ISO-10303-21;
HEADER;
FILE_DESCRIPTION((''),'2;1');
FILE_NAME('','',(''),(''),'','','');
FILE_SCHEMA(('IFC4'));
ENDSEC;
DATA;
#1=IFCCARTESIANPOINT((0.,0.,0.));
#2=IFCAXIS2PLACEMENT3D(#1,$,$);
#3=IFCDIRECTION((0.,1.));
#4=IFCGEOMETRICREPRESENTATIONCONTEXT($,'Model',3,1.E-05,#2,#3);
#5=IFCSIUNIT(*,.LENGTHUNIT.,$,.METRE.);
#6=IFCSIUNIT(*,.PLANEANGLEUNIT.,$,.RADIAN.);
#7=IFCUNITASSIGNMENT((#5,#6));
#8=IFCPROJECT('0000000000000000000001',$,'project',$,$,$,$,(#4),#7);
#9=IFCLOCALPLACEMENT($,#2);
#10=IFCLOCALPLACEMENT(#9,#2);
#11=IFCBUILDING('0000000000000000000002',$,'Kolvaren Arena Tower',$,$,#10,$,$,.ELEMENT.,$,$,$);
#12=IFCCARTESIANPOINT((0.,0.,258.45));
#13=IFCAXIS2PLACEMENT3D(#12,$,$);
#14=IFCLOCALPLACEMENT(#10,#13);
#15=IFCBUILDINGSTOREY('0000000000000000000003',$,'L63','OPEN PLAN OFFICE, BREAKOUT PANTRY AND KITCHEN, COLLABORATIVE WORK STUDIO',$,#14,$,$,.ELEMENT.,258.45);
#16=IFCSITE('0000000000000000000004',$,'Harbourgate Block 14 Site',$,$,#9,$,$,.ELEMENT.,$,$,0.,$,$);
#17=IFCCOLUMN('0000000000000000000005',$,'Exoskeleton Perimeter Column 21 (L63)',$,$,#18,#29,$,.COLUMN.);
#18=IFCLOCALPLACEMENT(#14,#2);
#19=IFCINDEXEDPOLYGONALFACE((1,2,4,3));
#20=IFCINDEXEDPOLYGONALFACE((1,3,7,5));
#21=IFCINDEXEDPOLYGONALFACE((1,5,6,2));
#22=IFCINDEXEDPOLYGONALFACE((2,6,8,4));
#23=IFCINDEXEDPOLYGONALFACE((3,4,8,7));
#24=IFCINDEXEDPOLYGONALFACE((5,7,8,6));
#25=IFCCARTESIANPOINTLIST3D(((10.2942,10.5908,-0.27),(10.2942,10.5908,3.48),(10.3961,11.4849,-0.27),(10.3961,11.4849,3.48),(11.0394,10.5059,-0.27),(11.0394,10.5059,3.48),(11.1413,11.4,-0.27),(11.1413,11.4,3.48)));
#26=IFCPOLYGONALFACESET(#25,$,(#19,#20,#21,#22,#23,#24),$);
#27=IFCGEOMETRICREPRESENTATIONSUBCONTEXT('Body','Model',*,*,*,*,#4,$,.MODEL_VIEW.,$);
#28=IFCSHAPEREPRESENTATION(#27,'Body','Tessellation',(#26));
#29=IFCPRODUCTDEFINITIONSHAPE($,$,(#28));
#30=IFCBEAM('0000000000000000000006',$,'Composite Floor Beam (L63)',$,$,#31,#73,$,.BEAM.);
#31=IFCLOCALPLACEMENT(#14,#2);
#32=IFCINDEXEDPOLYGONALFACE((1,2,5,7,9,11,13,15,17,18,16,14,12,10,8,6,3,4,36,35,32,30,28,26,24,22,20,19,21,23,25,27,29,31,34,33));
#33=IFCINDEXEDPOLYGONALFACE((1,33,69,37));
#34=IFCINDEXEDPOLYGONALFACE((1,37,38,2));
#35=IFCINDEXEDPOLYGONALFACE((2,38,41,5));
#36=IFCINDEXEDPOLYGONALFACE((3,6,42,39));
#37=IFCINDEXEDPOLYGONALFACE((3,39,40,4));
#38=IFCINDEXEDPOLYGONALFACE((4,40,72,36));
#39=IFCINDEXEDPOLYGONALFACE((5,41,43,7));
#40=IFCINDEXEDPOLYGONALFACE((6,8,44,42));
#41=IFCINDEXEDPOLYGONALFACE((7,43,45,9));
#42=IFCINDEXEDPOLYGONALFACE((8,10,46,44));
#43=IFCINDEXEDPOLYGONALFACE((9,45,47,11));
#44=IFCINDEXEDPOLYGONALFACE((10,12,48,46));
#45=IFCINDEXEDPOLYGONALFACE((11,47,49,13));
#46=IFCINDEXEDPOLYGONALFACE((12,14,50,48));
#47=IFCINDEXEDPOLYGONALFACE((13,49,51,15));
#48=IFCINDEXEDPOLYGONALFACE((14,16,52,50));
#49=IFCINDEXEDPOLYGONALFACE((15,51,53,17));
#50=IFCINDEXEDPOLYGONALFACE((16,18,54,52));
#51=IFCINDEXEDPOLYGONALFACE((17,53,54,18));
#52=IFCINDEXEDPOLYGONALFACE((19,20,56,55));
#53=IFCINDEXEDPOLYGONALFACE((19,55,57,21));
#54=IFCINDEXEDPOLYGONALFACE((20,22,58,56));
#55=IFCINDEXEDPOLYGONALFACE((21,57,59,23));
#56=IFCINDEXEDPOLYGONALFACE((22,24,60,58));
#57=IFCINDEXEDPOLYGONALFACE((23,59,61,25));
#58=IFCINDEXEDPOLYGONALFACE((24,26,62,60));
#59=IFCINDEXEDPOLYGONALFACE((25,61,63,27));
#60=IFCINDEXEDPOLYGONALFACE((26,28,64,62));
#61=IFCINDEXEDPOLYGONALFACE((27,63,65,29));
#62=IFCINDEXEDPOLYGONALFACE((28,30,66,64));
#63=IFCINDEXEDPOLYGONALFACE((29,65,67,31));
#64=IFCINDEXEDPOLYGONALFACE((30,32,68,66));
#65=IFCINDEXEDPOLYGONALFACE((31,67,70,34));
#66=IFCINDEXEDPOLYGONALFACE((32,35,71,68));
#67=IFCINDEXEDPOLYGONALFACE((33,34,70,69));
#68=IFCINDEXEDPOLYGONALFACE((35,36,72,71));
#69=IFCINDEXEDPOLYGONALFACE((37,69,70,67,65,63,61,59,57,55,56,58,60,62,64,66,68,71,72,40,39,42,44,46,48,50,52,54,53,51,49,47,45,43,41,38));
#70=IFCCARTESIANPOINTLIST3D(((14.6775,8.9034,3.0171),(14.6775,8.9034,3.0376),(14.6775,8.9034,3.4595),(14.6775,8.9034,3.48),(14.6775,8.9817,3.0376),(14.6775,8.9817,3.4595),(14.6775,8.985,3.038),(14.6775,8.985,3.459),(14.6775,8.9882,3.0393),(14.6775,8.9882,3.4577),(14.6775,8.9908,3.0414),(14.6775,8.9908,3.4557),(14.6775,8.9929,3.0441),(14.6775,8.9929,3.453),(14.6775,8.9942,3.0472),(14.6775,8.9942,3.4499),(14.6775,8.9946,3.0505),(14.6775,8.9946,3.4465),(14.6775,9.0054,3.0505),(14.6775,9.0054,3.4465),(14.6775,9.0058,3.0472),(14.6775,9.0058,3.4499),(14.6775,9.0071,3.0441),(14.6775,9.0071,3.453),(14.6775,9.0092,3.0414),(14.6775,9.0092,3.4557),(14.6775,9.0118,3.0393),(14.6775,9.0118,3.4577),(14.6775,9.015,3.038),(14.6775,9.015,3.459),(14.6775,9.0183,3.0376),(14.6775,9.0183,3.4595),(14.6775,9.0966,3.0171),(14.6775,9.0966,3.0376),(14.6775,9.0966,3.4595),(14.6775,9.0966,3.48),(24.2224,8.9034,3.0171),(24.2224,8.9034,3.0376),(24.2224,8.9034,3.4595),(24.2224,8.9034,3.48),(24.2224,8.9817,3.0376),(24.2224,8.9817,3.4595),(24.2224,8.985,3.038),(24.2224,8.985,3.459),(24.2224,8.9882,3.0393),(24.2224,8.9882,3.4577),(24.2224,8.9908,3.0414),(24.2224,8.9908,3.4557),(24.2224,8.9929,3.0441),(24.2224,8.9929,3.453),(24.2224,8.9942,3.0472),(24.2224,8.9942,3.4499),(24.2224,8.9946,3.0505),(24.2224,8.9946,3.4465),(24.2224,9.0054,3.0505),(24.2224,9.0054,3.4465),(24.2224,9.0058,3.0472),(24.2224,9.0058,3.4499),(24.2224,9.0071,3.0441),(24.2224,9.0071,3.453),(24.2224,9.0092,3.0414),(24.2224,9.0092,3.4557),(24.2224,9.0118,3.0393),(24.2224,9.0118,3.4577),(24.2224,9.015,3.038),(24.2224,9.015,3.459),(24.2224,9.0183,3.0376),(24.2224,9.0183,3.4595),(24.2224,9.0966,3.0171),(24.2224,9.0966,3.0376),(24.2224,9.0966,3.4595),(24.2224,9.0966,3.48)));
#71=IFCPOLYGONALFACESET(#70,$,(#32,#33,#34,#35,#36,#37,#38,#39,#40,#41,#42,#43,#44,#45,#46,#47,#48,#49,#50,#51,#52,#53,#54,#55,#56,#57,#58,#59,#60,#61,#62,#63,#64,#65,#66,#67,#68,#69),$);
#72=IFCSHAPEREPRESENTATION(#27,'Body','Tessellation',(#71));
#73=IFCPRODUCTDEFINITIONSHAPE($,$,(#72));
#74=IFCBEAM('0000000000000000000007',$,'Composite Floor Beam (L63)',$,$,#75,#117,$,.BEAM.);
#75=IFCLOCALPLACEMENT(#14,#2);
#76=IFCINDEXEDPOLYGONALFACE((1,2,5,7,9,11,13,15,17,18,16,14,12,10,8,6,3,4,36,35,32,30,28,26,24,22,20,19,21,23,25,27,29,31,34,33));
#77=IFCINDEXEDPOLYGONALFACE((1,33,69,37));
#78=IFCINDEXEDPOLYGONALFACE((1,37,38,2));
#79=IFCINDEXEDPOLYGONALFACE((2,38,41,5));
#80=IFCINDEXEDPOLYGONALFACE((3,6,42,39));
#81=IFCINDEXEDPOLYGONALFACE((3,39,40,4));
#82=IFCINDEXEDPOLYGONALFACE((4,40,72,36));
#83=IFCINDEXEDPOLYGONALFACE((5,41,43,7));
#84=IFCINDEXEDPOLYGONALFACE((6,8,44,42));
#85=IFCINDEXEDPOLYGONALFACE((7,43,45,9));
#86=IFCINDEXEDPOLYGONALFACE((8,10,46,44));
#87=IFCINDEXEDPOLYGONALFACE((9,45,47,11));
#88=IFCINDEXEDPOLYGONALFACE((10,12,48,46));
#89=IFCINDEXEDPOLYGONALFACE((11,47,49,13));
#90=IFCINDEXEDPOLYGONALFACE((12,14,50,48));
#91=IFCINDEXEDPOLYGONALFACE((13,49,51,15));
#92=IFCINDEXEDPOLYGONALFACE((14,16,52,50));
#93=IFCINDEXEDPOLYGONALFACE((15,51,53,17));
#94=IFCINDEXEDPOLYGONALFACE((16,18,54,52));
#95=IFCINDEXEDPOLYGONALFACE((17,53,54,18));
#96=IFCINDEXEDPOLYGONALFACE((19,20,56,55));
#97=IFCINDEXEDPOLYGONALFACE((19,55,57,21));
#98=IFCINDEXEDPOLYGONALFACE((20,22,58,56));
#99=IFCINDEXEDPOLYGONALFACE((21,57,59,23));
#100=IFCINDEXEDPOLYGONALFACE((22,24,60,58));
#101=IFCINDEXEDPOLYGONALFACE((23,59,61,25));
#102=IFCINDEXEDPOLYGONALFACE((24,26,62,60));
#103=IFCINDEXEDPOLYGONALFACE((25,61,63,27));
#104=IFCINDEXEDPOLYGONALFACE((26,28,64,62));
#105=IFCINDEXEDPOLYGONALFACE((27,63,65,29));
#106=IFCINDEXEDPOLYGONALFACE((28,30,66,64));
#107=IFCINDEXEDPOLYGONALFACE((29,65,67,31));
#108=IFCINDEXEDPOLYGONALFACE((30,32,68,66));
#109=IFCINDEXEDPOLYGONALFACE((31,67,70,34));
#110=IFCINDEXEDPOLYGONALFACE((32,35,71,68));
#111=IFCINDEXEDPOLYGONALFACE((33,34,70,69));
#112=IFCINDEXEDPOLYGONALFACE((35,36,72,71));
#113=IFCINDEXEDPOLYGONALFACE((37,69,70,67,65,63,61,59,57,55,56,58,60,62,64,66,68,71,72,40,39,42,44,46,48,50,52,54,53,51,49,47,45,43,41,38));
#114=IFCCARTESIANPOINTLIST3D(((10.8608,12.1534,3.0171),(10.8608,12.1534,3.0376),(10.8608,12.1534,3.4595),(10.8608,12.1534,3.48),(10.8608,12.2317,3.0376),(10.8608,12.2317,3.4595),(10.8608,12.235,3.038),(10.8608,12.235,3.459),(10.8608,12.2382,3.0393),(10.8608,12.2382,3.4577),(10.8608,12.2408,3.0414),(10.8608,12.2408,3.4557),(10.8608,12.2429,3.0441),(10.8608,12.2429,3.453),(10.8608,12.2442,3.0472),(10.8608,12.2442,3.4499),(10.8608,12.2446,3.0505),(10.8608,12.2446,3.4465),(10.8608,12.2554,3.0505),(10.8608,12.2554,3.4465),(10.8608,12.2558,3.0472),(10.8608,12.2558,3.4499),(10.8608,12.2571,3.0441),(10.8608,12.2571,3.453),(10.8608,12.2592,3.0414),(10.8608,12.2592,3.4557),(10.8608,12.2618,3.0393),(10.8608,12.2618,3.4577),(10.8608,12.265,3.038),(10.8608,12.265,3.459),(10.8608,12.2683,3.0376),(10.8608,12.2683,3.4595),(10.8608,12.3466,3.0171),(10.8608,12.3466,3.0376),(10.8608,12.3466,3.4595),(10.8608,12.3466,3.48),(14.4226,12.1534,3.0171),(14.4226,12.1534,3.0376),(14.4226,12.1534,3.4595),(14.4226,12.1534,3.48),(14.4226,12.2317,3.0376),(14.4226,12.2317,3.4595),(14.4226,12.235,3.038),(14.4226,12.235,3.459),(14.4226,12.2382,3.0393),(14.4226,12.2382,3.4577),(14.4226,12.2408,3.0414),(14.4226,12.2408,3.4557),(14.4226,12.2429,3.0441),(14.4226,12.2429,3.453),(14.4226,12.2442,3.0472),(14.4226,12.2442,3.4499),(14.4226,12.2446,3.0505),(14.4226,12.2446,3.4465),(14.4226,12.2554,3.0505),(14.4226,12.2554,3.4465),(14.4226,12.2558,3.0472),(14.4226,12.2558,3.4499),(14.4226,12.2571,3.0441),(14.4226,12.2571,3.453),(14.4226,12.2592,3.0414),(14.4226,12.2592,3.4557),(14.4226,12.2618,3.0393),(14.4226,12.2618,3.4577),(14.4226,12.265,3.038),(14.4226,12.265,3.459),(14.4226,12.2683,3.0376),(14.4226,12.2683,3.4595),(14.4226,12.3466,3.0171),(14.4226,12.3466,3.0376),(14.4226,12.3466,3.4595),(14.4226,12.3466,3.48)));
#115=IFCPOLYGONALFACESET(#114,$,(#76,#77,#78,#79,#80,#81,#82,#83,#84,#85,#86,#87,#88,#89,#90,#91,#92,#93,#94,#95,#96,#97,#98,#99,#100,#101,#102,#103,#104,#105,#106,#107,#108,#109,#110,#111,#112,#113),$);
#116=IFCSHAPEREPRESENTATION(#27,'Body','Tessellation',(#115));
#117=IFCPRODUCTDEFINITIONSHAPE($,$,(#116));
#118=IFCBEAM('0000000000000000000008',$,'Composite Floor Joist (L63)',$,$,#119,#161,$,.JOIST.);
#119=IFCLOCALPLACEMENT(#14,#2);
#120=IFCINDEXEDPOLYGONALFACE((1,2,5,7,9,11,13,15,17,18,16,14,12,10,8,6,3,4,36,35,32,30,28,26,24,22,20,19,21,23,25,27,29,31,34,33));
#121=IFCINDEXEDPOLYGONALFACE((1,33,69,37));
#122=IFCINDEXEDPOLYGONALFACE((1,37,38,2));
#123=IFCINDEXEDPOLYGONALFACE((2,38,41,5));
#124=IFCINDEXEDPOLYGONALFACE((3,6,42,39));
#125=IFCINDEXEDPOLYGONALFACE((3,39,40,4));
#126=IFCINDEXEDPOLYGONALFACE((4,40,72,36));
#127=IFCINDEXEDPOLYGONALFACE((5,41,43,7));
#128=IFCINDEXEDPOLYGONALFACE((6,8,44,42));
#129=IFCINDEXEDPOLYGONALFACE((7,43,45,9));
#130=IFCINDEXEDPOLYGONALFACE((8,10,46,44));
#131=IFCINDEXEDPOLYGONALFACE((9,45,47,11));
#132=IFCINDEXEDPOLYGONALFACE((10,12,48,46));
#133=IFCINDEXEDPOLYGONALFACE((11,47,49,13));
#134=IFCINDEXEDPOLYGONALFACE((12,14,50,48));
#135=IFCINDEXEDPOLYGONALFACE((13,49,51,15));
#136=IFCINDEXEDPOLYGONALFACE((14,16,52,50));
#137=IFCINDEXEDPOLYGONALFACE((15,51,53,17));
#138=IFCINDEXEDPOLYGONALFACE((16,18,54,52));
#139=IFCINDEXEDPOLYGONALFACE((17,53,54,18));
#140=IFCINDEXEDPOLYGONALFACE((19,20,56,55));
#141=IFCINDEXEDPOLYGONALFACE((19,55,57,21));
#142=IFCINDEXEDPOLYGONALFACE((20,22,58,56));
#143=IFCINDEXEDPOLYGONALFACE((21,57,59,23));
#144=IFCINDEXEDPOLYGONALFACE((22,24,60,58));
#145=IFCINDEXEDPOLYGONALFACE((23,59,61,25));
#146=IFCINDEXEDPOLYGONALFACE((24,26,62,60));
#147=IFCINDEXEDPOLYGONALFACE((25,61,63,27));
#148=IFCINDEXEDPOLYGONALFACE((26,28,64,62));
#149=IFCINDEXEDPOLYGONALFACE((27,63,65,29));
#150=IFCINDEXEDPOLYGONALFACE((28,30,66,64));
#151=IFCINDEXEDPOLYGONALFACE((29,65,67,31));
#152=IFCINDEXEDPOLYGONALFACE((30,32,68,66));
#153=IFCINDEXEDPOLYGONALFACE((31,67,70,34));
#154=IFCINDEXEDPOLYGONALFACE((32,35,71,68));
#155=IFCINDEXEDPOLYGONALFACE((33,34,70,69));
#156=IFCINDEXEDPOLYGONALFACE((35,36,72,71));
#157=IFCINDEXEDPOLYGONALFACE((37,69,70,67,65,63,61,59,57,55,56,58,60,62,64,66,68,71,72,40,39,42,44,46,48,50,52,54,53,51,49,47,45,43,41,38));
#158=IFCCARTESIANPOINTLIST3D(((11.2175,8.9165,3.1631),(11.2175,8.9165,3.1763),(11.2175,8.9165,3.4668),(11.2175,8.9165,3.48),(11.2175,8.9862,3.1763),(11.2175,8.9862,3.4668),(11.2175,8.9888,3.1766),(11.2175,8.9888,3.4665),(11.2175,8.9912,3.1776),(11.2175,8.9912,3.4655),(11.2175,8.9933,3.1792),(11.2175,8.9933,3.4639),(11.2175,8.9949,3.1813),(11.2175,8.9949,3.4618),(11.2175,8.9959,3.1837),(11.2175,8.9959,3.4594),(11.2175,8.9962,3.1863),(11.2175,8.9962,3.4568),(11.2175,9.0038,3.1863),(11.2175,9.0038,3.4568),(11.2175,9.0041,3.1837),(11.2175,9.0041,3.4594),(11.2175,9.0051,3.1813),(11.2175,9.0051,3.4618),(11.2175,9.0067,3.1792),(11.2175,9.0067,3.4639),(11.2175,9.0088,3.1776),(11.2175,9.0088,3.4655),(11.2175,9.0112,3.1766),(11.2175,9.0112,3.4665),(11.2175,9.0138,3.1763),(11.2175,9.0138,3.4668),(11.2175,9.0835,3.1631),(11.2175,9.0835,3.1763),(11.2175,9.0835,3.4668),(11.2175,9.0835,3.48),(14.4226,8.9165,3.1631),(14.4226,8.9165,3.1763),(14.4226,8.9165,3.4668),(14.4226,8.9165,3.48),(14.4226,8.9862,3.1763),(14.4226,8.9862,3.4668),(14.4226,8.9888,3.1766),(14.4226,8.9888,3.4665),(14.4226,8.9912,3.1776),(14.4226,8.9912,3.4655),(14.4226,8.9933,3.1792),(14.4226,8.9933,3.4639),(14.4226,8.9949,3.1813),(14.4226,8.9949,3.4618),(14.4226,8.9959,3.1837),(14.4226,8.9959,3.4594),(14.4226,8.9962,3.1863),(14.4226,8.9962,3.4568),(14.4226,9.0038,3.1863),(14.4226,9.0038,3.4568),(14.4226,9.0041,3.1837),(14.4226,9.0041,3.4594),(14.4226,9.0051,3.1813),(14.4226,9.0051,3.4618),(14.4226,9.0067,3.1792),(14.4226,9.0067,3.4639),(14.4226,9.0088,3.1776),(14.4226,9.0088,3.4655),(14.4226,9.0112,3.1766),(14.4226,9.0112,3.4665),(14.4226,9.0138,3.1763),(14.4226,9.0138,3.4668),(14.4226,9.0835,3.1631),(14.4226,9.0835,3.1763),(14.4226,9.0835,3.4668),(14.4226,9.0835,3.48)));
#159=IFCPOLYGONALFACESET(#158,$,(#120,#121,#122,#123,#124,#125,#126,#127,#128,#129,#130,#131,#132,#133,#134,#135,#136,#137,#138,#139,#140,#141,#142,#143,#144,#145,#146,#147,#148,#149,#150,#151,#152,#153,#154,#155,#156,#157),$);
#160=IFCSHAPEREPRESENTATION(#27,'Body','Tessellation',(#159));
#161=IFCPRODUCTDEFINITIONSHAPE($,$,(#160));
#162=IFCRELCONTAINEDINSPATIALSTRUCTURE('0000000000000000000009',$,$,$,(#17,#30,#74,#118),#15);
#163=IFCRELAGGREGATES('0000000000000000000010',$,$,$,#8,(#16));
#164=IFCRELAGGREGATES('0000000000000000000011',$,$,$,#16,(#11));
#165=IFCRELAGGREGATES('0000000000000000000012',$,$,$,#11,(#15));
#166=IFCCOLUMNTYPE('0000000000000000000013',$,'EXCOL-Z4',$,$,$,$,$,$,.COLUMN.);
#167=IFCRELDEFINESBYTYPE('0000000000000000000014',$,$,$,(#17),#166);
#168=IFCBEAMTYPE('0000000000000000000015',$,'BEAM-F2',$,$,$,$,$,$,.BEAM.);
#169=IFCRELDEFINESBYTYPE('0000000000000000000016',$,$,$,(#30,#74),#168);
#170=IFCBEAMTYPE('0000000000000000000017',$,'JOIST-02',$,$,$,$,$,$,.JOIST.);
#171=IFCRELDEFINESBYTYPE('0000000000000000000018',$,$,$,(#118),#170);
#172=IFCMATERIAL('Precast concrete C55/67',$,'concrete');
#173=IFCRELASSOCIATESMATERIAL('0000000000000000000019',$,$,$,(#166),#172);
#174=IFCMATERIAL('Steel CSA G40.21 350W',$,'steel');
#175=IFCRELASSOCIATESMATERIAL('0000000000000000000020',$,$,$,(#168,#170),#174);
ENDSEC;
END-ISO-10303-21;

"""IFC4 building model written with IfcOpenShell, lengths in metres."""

from ifc_helpers import new_model, si_unit, direction, frame, origin, origin_2d, place, context, subcontext, project, spatial, rectangle, i_section, extrude, material, material_profile, profile_set, type_object, element, save


model = new_model("IFC4")

# Units and contexts
model_context = context("Model", 3, precision=1e-05, world=origin(), true_north=direction((0.0, 1.0)))
body_context = subcontext(model_context, "Body", "Model", "MODEL_VIEW")
ifc_project = project(units=[si_unit("LENGTHUNIT", "METRE"), si_unit("PLANEANGLEUNIT", "RADIAN")], contexts=[model_context])

# Site, building, storey
site_placement = place(None, origin())
site = spatial("IfcSite", under=ifc_project, at=site_placement, Name="Harbourgate Block 14 Site", CompositionType="ELEMENT", RefElevation=0.0)
building_placement = place(site_placement, origin())
building = spatial("IfcBuilding", under=site, at=building_placement, Name="Kolvaren Arena Tower", CompositionType="ELEMENT")
storey_placement = place(building_placement, frame((0.0, 0.0, 258.45)))
storey = spatial("IfcBuildingStorey", under=building, at=storey_placement, Name="L63", Description="OPEN PLAN OFFICE, BREAKOUT PANTRY AND KITCHEN, COLLABORATIVE WORK STUDIO", CompositionType="ELEMENT", Elevation=258.45)

# Column
ifc_material_1 = material(Name="Precast concrete C55/67", Category="concrete")
ifc_material_profile_1 = material_profile(ifc_material_1, rectangle(XDim=0.8999, YDim=0.75, at=origin_2d()), Name="RC-900x750")
ifc_profile_set_1 = profile_set([ifc_material_profile_1], Name="Precast concrete C55/67")
column_type = type_object("IfcColumnType", Name="EXCOL-Z4", PredefinedType="COLUMN", material=ifc_profile_set_1)
column_placement = place(storey_placement, frame((10.7178, 10.9954, -0.27), z_axis=(0.0, 0.0, 1.0), x_axis=(0.113203, 0.993572, 0.0)))
element("IfcColumn", 1, at=column_placement, inside=storey, type_object=column_type, Name="Exoskeleton Perimeter Column 21 (L63)", PredefinedType="COLUMN", context=body_context, shape_type="SweptSolid", body=[
    extrude(rectangle(XDim=0.8999, YDim=0.75, at=origin_2d()), origin(), (0.0, 0.0, 1.0), 3.75),
])

# Beams
ifc_material_2 = material(Name="Steel CSA G40.21 350W", Category="steel")
ifc_material_profile_2 = material_profile(ifc_material_2, i_section(OverallWidth=0.1931, OverallDepth=0.4629, WebThickness=0.0107, FlangeThickness=0.0205, FilletRadius=0.0129, at=origin_2d()), Name="W460x113")
ifc_profile_set_2 = profile_set([ifc_material_profile_2], Name="Steel CSA G40.21 350W")
beam_type_1 = type_object("IfcBeamType", Name="BEAM-F2", PredefinedType="BEAM", material=ifc_profile_set_2)
beam_1_placement = place(storey_placement, frame((14.6775, 9.0, 3.2485), z_axis=(1.0, 0.0, 0.0), x_axis=(0.0, 1.0, 0.0)))
element("IfcBeam", 2, at=beam_1_placement, inside=storey, type_object=beam_type_1, Name="Composite Floor Beam (L63)", PredefinedType="BEAM", context=body_context, shape_type="SweptSolid", body=[
    extrude(i_section(OverallWidth=0.1931, OverallDepth=0.4629, WebThickness=0.0107, FlangeThickness=0.0205, FilletRadius=0.0129, at=origin_2d()), origin(), (0.0, 0.0, 1.0), 9.5449),
])
beam_2_placement = place(storey_placement, frame((10.8608, 12.25, 3.2485), z_axis=(1.0, 0.0, 0.0), x_axis=(0.0, 1.0, 0.0)))
element("IfcBeam", 3, at=beam_2_placement, inside=storey, type_object=beam_type_1, Name="Composite Floor Beam (L63)", PredefinedType="BEAM", context=body_context, shape_type="SweptSolid", body=[
    extrude(i_section(OverallWidth=0.1931, OverallDepth=0.4629, WebThickness=0.0107, FlangeThickness=0.0205, FilletRadius=0.0129, at=origin_2d()), origin(), (0.0, 0.0, 1.0), 3.5618),
])
ifc_material_profile_3 = material_profile(ifc_material_2, i_section(OverallWidth=0.167, OverallDepth=0.3169, WebThickness=0.0076, FlangeThickness=0.0132, FilletRadius=0.01, at=origin_2d()), Name="W310x52")
ifc_profile_set_3 = profile_set([ifc_material_profile_3], Name="Steel CSA G40.21 350W")
beam_type_2 = type_object("IfcBeamType", Name="JOIST-02", PredefinedType="JOIST", material=ifc_profile_set_3)
beam_3_placement = place(storey_placement, frame((11.2175, 9.0, 3.3215), z_axis=(1.0, 0.0, 0.0), x_axis=(0.0, 1.0, 0.0)))
element("IfcBeam", 4, at=beam_3_placement, inside=storey, type_object=beam_type_2, Name="Composite Floor Joist (L63)", PredefinedType="JOIST", context=body_context, shape_type="SweptSolid", body=[
    extrude(i_section(OverallWidth=0.167, OverallDepth=0.3169, WebThickness=0.0076, FlangeThickness=0.0132, FilletRadius=0.01, at=origin_2d()), origin(), (0.0, 0.0, 1.0), 3.2051),
])

save(model, "model.ifc")
